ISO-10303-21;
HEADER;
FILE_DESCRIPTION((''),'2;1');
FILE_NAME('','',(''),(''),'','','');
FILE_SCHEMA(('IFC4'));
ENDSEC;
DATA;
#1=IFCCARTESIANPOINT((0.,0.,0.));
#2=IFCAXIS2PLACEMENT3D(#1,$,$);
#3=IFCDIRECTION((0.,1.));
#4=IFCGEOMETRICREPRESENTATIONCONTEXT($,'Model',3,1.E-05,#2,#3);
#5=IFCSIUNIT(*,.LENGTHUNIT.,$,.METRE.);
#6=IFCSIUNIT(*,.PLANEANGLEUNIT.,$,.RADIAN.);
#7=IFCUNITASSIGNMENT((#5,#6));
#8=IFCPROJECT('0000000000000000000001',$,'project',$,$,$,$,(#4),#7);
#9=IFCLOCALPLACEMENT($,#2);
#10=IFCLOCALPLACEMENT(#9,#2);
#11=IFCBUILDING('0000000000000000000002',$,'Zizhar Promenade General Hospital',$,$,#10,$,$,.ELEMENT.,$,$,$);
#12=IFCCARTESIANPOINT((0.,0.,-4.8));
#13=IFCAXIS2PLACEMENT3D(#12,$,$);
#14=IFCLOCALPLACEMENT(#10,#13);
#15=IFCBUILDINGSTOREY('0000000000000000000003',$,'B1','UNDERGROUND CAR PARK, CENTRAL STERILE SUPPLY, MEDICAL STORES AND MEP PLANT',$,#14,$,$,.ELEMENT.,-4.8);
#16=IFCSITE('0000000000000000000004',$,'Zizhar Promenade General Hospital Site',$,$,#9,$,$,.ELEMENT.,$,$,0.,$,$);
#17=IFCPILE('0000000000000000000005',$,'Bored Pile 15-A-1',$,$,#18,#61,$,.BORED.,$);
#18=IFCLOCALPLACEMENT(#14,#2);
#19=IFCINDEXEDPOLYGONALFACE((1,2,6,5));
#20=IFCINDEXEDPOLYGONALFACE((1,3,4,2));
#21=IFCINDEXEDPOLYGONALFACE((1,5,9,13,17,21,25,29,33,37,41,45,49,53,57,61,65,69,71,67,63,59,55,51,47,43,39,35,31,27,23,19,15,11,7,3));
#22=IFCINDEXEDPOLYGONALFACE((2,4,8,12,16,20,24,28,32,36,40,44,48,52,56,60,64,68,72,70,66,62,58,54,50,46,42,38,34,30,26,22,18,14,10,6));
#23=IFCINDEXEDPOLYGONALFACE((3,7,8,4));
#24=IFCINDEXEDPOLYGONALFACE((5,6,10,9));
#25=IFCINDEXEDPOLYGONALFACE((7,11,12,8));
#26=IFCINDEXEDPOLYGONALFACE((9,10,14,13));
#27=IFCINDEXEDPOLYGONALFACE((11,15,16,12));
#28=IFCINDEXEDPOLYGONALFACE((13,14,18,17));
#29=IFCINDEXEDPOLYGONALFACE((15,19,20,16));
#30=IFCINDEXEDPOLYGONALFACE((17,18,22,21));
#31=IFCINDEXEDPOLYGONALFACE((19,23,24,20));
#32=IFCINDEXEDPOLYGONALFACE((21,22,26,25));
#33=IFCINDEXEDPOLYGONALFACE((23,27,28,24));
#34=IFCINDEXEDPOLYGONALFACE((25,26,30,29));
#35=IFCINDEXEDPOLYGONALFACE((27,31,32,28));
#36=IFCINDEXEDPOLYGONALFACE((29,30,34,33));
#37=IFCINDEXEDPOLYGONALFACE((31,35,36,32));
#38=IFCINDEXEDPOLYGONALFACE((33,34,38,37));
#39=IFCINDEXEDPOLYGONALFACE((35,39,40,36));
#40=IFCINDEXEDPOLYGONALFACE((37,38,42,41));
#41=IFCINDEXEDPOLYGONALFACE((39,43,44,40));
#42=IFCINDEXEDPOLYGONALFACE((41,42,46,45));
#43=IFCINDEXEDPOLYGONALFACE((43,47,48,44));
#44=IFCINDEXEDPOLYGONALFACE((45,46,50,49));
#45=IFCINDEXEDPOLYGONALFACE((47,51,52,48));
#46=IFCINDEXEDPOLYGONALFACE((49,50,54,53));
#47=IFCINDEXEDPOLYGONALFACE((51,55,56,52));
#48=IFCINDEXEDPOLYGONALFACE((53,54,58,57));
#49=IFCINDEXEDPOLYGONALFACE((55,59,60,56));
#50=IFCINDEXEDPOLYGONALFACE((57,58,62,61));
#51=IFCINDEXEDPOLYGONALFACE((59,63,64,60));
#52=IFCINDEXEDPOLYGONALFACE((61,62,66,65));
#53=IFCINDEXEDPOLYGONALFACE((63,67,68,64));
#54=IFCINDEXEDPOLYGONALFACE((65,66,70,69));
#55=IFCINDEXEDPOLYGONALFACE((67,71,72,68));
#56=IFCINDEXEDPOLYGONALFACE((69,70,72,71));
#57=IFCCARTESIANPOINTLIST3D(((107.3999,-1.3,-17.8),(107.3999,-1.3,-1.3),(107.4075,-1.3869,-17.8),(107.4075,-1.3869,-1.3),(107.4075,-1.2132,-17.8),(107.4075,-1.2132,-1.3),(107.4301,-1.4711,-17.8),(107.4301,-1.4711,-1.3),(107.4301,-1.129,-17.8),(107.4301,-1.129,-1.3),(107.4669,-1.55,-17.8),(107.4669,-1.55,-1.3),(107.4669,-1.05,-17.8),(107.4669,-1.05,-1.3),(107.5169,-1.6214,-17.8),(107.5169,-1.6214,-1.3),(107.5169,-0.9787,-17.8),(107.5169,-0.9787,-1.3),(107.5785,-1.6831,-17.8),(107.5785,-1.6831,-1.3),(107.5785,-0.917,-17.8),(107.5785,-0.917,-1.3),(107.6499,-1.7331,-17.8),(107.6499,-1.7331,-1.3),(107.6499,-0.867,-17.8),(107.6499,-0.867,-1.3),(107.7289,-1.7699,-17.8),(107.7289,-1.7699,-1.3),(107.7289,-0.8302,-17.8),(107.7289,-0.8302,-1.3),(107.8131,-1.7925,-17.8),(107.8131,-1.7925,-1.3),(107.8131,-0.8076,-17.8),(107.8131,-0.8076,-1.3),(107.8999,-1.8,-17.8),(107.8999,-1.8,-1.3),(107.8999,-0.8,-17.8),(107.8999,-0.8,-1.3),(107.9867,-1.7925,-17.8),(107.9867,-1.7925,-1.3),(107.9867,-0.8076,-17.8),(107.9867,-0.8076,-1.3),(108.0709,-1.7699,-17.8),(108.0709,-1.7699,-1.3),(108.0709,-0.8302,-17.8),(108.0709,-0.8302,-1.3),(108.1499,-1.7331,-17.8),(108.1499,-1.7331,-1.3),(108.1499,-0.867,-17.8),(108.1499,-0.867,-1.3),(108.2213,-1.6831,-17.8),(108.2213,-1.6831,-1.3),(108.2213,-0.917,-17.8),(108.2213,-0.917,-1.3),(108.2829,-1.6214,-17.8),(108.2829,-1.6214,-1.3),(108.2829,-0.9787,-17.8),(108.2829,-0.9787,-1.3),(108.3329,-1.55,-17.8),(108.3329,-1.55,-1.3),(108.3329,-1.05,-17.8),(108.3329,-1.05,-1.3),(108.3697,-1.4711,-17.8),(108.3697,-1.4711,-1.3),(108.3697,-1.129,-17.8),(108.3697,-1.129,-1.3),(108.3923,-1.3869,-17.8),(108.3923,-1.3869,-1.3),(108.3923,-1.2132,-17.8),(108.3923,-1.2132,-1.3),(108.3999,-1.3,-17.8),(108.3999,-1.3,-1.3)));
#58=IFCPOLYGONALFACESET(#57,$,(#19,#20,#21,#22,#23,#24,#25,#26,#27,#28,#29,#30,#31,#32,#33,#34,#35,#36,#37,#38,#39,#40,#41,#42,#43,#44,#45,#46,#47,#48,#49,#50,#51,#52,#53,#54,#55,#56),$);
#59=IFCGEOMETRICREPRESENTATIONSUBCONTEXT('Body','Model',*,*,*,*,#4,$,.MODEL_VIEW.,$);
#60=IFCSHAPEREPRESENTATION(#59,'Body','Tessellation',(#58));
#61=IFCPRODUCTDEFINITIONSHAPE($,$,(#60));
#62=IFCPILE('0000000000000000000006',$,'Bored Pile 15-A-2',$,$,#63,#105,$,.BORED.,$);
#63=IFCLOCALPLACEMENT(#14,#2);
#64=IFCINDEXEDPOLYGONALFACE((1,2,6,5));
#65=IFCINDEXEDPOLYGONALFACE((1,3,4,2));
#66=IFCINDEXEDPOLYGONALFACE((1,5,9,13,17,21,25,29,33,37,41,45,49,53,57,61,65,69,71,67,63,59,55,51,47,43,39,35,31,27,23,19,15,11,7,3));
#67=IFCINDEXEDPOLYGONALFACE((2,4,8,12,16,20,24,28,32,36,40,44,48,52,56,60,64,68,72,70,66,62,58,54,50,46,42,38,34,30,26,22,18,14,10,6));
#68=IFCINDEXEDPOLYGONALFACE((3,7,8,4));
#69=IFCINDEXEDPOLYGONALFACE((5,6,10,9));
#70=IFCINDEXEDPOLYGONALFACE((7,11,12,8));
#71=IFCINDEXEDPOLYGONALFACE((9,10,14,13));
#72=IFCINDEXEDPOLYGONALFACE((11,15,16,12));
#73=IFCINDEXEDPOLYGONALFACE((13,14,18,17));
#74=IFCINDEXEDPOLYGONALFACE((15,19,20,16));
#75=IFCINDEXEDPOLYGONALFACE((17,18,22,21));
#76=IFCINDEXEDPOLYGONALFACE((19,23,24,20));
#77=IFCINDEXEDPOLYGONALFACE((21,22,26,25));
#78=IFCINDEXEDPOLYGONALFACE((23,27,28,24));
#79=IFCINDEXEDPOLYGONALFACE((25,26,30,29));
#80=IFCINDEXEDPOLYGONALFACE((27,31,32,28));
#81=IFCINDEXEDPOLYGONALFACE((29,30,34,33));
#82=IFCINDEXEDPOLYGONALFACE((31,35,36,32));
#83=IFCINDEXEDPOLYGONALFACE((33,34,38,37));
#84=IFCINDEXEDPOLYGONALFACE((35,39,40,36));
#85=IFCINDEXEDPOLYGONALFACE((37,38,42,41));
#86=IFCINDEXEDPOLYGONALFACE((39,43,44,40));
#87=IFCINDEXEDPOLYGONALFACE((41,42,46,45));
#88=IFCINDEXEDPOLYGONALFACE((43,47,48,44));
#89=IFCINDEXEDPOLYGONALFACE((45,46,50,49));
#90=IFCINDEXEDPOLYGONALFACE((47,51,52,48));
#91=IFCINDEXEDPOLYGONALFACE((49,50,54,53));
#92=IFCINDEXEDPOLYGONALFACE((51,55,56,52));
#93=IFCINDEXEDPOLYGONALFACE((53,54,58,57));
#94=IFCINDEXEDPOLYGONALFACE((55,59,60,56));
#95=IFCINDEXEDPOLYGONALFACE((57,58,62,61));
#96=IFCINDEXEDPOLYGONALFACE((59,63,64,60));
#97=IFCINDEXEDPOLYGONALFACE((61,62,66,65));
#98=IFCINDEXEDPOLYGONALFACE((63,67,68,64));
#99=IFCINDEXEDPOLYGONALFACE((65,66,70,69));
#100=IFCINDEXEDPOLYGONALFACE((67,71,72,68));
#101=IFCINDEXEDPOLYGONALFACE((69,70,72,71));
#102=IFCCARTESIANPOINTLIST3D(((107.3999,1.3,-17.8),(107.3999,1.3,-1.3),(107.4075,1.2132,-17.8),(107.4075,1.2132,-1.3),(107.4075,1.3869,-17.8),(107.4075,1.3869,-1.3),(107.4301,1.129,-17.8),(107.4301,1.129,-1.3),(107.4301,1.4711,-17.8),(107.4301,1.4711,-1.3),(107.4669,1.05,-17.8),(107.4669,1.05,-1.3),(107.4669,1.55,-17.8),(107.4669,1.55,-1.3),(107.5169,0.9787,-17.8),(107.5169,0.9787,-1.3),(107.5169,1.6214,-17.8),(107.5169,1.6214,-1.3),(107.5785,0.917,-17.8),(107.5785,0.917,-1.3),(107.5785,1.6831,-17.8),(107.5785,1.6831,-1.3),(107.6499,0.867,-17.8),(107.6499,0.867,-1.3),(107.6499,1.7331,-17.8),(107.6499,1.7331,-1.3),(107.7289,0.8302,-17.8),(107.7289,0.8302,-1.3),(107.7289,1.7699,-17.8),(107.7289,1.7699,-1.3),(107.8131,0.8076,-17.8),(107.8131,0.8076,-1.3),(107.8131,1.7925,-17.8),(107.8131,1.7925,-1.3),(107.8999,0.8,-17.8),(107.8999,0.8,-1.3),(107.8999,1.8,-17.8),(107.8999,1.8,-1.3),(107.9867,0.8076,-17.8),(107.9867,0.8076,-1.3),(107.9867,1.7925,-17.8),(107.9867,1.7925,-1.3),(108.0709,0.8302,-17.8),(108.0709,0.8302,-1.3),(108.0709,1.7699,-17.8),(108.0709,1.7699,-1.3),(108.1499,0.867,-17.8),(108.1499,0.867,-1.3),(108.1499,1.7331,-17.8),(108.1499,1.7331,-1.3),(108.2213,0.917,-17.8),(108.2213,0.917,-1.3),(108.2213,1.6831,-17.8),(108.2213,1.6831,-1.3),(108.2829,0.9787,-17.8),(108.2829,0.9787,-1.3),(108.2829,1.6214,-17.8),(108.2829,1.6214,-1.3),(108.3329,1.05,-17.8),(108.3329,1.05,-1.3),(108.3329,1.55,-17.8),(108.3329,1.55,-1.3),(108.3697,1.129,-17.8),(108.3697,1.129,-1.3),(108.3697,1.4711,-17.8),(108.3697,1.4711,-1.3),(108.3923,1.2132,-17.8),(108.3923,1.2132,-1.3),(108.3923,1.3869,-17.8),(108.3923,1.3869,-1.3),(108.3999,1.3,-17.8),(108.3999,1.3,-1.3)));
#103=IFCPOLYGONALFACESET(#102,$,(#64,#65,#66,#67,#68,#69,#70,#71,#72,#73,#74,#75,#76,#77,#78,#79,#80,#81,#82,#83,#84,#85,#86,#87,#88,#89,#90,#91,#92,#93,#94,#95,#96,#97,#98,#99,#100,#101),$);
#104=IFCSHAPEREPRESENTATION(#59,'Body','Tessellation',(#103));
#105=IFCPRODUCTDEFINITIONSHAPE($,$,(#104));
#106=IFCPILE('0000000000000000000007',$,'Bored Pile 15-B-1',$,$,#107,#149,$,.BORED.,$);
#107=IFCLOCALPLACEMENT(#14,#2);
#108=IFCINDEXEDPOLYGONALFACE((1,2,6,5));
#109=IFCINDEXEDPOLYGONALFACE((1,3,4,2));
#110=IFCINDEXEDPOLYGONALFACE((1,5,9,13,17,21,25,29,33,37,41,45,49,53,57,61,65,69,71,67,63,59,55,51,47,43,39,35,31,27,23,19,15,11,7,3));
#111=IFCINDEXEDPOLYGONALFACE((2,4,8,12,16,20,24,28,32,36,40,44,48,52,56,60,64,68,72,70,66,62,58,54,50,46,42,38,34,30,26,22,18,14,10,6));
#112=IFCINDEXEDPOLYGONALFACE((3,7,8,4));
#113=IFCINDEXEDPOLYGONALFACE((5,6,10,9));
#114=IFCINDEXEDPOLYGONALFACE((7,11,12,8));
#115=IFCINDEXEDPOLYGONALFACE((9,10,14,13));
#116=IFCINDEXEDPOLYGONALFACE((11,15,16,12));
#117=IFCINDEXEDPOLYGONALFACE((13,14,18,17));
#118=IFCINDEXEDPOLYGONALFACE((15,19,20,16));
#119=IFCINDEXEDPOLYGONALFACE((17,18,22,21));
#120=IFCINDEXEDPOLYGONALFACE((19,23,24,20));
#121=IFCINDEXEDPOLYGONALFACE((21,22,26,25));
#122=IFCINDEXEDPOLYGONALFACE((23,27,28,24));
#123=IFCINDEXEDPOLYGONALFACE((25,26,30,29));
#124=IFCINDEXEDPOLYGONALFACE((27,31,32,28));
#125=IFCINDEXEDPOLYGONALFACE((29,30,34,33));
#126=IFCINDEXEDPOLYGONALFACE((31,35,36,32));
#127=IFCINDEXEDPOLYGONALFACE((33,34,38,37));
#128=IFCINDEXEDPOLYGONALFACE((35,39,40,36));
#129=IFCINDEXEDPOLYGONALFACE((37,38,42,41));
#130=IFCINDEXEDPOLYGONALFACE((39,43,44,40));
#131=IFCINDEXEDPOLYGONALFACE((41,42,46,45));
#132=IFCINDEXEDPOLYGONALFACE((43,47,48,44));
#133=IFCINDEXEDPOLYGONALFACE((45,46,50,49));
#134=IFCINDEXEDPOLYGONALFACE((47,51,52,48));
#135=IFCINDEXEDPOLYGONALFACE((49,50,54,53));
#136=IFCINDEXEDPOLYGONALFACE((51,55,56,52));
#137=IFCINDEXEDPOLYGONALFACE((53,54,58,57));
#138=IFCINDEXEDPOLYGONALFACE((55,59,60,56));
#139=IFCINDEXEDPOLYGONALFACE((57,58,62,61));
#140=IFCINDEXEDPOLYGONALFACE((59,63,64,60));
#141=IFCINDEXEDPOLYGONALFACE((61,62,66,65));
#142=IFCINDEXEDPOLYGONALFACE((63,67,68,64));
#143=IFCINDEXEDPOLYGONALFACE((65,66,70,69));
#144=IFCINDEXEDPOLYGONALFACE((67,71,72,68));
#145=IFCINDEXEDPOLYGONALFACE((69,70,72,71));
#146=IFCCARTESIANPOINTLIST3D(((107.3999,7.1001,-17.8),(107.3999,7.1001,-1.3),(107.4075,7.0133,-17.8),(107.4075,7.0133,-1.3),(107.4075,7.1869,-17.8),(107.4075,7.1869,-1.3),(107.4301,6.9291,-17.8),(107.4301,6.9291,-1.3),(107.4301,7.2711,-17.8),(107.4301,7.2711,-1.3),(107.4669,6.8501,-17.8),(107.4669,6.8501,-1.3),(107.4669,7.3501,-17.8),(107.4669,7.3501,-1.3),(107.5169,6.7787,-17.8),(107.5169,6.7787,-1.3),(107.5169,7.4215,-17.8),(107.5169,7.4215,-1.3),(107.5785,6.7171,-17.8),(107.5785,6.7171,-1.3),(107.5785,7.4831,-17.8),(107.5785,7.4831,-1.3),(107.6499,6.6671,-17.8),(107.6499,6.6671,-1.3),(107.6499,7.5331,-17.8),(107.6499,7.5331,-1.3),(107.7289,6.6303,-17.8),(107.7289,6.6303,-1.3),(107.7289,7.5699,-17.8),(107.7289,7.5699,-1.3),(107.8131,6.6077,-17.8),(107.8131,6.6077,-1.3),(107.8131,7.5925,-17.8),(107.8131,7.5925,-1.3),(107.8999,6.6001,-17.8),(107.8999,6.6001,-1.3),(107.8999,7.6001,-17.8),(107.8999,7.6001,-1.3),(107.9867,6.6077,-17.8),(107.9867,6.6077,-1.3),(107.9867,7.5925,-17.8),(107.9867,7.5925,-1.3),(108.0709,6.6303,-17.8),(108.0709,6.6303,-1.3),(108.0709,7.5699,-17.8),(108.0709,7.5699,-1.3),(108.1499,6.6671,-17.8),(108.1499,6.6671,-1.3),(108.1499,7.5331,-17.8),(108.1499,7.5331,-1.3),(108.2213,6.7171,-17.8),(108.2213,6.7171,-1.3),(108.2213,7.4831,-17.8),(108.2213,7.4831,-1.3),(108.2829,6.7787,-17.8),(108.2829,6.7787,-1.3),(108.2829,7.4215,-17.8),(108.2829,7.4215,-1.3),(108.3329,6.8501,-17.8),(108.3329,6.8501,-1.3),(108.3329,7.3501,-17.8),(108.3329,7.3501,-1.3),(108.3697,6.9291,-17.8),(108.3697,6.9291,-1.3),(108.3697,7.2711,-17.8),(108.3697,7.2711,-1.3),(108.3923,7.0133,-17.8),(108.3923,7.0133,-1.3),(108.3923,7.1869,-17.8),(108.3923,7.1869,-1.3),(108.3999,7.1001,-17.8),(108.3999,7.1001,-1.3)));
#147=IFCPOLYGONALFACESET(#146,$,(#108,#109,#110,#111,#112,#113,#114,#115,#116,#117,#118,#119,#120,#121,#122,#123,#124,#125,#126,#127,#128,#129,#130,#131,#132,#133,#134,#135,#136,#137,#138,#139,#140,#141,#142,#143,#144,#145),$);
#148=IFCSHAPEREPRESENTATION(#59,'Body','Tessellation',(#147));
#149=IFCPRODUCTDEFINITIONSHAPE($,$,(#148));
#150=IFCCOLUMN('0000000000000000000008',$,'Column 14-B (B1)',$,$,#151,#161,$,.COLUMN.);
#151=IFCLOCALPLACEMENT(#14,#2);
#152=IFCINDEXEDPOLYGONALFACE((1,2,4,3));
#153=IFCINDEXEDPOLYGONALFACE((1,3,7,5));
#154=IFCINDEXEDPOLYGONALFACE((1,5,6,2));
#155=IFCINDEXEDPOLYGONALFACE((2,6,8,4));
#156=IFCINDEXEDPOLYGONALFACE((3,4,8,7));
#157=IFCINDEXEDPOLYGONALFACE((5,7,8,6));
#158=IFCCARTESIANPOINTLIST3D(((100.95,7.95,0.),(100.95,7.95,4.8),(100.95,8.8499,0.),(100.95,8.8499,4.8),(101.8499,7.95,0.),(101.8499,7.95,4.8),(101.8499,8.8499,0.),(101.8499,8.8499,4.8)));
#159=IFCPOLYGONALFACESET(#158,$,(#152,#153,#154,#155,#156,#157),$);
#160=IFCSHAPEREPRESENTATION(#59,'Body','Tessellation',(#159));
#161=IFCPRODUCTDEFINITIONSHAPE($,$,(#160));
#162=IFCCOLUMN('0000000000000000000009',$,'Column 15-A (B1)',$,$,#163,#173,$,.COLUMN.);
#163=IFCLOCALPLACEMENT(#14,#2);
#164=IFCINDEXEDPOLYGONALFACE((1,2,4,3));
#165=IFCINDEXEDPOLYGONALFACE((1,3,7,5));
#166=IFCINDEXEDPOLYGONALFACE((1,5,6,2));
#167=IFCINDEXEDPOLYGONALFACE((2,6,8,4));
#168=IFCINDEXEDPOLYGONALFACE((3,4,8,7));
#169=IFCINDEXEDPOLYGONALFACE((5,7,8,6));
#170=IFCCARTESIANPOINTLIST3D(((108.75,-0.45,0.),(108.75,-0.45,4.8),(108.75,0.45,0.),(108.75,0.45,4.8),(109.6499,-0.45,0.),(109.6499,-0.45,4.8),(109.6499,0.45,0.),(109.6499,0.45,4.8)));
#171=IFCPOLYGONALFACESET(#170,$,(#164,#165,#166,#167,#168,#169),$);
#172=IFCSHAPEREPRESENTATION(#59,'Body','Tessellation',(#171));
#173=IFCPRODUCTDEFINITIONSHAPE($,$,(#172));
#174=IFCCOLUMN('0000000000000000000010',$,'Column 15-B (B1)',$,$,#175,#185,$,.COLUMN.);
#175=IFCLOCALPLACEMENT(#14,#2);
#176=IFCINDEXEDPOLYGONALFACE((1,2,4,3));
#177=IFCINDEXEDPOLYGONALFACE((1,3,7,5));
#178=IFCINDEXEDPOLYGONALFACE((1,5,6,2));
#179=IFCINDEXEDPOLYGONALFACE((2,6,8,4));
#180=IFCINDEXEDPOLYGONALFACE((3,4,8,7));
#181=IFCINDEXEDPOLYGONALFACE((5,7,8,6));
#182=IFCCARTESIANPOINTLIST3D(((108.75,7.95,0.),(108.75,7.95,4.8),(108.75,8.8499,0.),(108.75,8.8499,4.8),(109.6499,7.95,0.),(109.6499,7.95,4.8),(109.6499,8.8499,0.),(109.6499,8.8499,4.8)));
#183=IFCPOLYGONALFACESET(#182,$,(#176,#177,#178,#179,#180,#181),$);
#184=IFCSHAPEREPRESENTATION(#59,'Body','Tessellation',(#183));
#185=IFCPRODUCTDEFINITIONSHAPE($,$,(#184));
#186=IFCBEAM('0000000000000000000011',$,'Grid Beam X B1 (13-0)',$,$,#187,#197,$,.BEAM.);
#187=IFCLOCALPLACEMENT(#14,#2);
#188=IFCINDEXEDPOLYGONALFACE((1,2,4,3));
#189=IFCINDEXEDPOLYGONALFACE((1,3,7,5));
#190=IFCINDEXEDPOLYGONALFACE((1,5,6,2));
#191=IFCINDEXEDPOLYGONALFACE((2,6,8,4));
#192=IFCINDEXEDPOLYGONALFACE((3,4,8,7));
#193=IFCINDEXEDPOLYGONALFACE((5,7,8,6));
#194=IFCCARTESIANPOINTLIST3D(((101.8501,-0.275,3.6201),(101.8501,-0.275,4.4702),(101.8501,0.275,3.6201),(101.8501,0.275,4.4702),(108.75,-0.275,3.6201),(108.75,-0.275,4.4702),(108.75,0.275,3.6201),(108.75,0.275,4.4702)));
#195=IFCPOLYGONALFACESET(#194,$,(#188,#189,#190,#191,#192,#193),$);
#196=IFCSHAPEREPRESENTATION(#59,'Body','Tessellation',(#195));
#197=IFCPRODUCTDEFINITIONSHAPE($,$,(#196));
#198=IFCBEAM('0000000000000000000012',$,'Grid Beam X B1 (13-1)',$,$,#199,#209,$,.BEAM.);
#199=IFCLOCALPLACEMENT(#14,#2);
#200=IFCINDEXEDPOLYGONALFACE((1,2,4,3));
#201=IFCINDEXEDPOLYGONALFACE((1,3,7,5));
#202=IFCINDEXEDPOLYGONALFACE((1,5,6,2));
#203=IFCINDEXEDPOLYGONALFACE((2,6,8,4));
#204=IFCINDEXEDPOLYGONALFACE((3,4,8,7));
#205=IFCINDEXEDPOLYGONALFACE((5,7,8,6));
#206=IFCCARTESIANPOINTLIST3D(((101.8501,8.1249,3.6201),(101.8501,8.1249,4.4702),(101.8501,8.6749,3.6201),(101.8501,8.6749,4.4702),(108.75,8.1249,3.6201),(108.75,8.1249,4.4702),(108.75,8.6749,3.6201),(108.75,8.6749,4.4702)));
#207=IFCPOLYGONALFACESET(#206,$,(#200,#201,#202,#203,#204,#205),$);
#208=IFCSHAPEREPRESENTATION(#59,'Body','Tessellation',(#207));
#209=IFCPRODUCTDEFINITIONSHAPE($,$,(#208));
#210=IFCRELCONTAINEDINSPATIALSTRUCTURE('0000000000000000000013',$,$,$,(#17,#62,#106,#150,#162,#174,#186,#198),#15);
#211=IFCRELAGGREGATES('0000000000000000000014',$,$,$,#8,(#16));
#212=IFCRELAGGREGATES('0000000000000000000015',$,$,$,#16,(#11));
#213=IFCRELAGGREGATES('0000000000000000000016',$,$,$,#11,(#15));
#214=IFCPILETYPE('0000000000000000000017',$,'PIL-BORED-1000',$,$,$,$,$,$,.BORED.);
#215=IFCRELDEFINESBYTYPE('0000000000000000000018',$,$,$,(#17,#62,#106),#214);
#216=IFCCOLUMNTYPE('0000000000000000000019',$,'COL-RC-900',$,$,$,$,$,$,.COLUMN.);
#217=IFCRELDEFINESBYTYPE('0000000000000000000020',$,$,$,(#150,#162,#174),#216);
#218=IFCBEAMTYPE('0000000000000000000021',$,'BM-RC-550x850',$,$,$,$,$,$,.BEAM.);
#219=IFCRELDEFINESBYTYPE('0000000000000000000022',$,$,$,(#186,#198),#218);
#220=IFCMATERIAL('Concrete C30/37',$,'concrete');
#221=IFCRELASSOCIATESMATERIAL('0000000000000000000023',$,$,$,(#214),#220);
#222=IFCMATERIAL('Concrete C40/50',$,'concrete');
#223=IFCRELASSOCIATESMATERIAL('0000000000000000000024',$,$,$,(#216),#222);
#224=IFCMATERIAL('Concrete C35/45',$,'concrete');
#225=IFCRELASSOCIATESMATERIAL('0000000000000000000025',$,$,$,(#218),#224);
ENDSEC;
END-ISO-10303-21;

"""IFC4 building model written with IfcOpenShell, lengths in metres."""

from ifc_helpers import new_model, si_unit, direction, frame, origin, origin_2d, place, context, subcontext, project, spatial, rectangle, circle, extrude, material, material_profile, profile_set, type_object, element, save


model = new_model("IFC4")

# Units and contexts
model_context = context("Model", 3, precision=1e-05, world=origin(), true_north=direction((0.0, 1.0)))
body_context = subcontext(model_context, "Body", "Model", "MODEL_VIEW")
ifc_project = project(units=[si_unit("LENGTHUNIT", "METRE"), si_unit("PLANEANGLEUNIT", "RADIAN")], contexts=[model_context])

# Site, building, storey
site_placement = place(None, origin())
site = spatial("IfcSite", under=ifc_project, at=site_placement, Name="Zizhar Promenade General Hospital Site", CompositionType="ELEMENT", RefElevation=0.0)
building_placement = place(site_placement, origin())
building = spatial("IfcBuilding", under=site, at=building_placement, Name="Zizhar Promenade General Hospital", CompositionType="ELEMENT")
storey_placement = place(building_placement, frame((0.0, 0.0, -4.8)))
storey = spatial("IfcBuildingStorey", under=building, at=storey_placement, Name="B1", Description="UNDERGROUND CAR PARK, CENTRAL STERILE SUPPLY, MEDICAL STORES AND MEP PLANT", CompositionType="ELEMENT", Elevation=-4.8)

# Piles
ifc_material_1 = material(Name="Concrete C30/37", Category="concrete")
ifc_material_profile_1 = material_profile(ifc_material_1, circle(Radius=0.5, at=origin_2d()))
ifc_profile_set_1 = profile_set([ifc_material_profile_1], Name="Concrete C30/37")
pile_type = type_object("IfcPileType", Name="PIL-BORED-1000", PredefinedType="BORED", material=ifc_profile_set_1)
for number, where, z_axis, x_axis, name in (
    (1, (107.8999, -1.3, -1.3), (0.0, 0.0, -1.0), (1.0, 0.0, 0.0), "Bored Pile 15-A-1"),
    (2, (107.8999, 1.3, -1.3), (0.0, 0.0, -1.0), (1.0, 0.0, 0.0), "Bored Pile 15-A-2"),
    (3, (107.8999, 7.1001, -1.3), (0.0, 0.0, -1.0), (1.0, 0.0, 0.0), "Bored Pile 15-B-1"),
):
    element("IfcPile", number, at=place(storey_placement, frame(where, z_axis=z_axis, x_axis=x_axis)), inside=storey, type_object=pile_type, Name=name, PredefinedType="BORED", context=body_context, shape_type="SweptSolid", body=[
        extrude(circle(Radius=0.5, at=origin_2d()), origin(), (0.0, 0.0, 1.0), 16.5),
    ])

# Columns
ifc_material_2 = material(Name="Concrete C40/50", Category="concrete")
ifc_material_profile_2 = material_profile(ifc_material_2, rectangle(XDim=0.8999, YDim=0.8999, at=origin_2d()))
ifc_profile_set_2 = profile_set([ifc_material_profile_2], Name="Concrete C40/50")
column_type = type_object("IfcColumnType", Name="COL-RC-900", PredefinedType="COLUMN", material=ifc_profile_set_2)
for number, where, z_axis, x_axis, name in (
    (4, (101.3999, 8.3999, 0.0), (0.0, 0.0, 1.0), (1.0, 0.0, 0.0), "Column 14-B (B1)"),
    (5, (109.2, 0.0, 0.0), (0.0, 0.0, 1.0), (1.0, 0.0, 0.0), "Column 15-A (B1)"),
    (6, (109.2, 8.3999, 0.0), (0.0, 0.0, 1.0), (1.0, 0.0, 0.0), "Column 15-B (B1)"),
):
    element("IfcColumn", number, at=place(storey_placement, frame(where, z_axis=z_axis, x_axis=x_axis)), inside=storey, type_object=column_type, Name=name, PredefinedType="COLUMN", context=body_context, shape_type="SweptSolid", body=[
        extrude(rectangle(XDim=0.8999, YDim=0.8999, at=origin_2d()), origin(), (0.0, 0.0, 1.0), 4.8),
    ])

# Beams
ifc_material_3 = material(Name="Concrete C35/45", Category="concrete")
ifc_material_profile_3 = material_profile(ifc_material_3, rectangle(XDim=0.55, YDim=0.8501, at=origin_2d()))
ifc_profile_set_3 = profile_set([ifc_material_profile_3], Name="Concrete C35/45")
beam_type_1 = type_object("IfcBeamType", Name="BM-RC-550x850", PredefinedType="BEAM", material=ifc_profile_set_3)
for number, where, z_axis, x_axis, name in (
    (7, (101.8501, 0.0, 4.0452), (1.0, 0.0, 0.0), (0.0, 1.0, 0.0), "Grid Beam X B1 (13-0)"),
    (8, (101.8501, 8.3999, 4.0452), (1.0, 0.0, 0.0), (0.0, 1.0, 0.0), "Grid Beam X B1 (13-1)"),
):
    element("IfcBeam", number, at=place(storey_placement, frame(where, z_axis=z_axis, x_axis=x_axis)), inside=storey, type_object=beam_type_1, Name=name, PredefinedType="BEAM", context=body_context, shape_type="SweptSolid", body=[
        extrude(rectangle(XDim=0.55, YDim=0.8501, at=origin_2d()), origin(), (0.0, 0.0, 1.0), 6.8999),
    ])

save(model, "model.ifc")
